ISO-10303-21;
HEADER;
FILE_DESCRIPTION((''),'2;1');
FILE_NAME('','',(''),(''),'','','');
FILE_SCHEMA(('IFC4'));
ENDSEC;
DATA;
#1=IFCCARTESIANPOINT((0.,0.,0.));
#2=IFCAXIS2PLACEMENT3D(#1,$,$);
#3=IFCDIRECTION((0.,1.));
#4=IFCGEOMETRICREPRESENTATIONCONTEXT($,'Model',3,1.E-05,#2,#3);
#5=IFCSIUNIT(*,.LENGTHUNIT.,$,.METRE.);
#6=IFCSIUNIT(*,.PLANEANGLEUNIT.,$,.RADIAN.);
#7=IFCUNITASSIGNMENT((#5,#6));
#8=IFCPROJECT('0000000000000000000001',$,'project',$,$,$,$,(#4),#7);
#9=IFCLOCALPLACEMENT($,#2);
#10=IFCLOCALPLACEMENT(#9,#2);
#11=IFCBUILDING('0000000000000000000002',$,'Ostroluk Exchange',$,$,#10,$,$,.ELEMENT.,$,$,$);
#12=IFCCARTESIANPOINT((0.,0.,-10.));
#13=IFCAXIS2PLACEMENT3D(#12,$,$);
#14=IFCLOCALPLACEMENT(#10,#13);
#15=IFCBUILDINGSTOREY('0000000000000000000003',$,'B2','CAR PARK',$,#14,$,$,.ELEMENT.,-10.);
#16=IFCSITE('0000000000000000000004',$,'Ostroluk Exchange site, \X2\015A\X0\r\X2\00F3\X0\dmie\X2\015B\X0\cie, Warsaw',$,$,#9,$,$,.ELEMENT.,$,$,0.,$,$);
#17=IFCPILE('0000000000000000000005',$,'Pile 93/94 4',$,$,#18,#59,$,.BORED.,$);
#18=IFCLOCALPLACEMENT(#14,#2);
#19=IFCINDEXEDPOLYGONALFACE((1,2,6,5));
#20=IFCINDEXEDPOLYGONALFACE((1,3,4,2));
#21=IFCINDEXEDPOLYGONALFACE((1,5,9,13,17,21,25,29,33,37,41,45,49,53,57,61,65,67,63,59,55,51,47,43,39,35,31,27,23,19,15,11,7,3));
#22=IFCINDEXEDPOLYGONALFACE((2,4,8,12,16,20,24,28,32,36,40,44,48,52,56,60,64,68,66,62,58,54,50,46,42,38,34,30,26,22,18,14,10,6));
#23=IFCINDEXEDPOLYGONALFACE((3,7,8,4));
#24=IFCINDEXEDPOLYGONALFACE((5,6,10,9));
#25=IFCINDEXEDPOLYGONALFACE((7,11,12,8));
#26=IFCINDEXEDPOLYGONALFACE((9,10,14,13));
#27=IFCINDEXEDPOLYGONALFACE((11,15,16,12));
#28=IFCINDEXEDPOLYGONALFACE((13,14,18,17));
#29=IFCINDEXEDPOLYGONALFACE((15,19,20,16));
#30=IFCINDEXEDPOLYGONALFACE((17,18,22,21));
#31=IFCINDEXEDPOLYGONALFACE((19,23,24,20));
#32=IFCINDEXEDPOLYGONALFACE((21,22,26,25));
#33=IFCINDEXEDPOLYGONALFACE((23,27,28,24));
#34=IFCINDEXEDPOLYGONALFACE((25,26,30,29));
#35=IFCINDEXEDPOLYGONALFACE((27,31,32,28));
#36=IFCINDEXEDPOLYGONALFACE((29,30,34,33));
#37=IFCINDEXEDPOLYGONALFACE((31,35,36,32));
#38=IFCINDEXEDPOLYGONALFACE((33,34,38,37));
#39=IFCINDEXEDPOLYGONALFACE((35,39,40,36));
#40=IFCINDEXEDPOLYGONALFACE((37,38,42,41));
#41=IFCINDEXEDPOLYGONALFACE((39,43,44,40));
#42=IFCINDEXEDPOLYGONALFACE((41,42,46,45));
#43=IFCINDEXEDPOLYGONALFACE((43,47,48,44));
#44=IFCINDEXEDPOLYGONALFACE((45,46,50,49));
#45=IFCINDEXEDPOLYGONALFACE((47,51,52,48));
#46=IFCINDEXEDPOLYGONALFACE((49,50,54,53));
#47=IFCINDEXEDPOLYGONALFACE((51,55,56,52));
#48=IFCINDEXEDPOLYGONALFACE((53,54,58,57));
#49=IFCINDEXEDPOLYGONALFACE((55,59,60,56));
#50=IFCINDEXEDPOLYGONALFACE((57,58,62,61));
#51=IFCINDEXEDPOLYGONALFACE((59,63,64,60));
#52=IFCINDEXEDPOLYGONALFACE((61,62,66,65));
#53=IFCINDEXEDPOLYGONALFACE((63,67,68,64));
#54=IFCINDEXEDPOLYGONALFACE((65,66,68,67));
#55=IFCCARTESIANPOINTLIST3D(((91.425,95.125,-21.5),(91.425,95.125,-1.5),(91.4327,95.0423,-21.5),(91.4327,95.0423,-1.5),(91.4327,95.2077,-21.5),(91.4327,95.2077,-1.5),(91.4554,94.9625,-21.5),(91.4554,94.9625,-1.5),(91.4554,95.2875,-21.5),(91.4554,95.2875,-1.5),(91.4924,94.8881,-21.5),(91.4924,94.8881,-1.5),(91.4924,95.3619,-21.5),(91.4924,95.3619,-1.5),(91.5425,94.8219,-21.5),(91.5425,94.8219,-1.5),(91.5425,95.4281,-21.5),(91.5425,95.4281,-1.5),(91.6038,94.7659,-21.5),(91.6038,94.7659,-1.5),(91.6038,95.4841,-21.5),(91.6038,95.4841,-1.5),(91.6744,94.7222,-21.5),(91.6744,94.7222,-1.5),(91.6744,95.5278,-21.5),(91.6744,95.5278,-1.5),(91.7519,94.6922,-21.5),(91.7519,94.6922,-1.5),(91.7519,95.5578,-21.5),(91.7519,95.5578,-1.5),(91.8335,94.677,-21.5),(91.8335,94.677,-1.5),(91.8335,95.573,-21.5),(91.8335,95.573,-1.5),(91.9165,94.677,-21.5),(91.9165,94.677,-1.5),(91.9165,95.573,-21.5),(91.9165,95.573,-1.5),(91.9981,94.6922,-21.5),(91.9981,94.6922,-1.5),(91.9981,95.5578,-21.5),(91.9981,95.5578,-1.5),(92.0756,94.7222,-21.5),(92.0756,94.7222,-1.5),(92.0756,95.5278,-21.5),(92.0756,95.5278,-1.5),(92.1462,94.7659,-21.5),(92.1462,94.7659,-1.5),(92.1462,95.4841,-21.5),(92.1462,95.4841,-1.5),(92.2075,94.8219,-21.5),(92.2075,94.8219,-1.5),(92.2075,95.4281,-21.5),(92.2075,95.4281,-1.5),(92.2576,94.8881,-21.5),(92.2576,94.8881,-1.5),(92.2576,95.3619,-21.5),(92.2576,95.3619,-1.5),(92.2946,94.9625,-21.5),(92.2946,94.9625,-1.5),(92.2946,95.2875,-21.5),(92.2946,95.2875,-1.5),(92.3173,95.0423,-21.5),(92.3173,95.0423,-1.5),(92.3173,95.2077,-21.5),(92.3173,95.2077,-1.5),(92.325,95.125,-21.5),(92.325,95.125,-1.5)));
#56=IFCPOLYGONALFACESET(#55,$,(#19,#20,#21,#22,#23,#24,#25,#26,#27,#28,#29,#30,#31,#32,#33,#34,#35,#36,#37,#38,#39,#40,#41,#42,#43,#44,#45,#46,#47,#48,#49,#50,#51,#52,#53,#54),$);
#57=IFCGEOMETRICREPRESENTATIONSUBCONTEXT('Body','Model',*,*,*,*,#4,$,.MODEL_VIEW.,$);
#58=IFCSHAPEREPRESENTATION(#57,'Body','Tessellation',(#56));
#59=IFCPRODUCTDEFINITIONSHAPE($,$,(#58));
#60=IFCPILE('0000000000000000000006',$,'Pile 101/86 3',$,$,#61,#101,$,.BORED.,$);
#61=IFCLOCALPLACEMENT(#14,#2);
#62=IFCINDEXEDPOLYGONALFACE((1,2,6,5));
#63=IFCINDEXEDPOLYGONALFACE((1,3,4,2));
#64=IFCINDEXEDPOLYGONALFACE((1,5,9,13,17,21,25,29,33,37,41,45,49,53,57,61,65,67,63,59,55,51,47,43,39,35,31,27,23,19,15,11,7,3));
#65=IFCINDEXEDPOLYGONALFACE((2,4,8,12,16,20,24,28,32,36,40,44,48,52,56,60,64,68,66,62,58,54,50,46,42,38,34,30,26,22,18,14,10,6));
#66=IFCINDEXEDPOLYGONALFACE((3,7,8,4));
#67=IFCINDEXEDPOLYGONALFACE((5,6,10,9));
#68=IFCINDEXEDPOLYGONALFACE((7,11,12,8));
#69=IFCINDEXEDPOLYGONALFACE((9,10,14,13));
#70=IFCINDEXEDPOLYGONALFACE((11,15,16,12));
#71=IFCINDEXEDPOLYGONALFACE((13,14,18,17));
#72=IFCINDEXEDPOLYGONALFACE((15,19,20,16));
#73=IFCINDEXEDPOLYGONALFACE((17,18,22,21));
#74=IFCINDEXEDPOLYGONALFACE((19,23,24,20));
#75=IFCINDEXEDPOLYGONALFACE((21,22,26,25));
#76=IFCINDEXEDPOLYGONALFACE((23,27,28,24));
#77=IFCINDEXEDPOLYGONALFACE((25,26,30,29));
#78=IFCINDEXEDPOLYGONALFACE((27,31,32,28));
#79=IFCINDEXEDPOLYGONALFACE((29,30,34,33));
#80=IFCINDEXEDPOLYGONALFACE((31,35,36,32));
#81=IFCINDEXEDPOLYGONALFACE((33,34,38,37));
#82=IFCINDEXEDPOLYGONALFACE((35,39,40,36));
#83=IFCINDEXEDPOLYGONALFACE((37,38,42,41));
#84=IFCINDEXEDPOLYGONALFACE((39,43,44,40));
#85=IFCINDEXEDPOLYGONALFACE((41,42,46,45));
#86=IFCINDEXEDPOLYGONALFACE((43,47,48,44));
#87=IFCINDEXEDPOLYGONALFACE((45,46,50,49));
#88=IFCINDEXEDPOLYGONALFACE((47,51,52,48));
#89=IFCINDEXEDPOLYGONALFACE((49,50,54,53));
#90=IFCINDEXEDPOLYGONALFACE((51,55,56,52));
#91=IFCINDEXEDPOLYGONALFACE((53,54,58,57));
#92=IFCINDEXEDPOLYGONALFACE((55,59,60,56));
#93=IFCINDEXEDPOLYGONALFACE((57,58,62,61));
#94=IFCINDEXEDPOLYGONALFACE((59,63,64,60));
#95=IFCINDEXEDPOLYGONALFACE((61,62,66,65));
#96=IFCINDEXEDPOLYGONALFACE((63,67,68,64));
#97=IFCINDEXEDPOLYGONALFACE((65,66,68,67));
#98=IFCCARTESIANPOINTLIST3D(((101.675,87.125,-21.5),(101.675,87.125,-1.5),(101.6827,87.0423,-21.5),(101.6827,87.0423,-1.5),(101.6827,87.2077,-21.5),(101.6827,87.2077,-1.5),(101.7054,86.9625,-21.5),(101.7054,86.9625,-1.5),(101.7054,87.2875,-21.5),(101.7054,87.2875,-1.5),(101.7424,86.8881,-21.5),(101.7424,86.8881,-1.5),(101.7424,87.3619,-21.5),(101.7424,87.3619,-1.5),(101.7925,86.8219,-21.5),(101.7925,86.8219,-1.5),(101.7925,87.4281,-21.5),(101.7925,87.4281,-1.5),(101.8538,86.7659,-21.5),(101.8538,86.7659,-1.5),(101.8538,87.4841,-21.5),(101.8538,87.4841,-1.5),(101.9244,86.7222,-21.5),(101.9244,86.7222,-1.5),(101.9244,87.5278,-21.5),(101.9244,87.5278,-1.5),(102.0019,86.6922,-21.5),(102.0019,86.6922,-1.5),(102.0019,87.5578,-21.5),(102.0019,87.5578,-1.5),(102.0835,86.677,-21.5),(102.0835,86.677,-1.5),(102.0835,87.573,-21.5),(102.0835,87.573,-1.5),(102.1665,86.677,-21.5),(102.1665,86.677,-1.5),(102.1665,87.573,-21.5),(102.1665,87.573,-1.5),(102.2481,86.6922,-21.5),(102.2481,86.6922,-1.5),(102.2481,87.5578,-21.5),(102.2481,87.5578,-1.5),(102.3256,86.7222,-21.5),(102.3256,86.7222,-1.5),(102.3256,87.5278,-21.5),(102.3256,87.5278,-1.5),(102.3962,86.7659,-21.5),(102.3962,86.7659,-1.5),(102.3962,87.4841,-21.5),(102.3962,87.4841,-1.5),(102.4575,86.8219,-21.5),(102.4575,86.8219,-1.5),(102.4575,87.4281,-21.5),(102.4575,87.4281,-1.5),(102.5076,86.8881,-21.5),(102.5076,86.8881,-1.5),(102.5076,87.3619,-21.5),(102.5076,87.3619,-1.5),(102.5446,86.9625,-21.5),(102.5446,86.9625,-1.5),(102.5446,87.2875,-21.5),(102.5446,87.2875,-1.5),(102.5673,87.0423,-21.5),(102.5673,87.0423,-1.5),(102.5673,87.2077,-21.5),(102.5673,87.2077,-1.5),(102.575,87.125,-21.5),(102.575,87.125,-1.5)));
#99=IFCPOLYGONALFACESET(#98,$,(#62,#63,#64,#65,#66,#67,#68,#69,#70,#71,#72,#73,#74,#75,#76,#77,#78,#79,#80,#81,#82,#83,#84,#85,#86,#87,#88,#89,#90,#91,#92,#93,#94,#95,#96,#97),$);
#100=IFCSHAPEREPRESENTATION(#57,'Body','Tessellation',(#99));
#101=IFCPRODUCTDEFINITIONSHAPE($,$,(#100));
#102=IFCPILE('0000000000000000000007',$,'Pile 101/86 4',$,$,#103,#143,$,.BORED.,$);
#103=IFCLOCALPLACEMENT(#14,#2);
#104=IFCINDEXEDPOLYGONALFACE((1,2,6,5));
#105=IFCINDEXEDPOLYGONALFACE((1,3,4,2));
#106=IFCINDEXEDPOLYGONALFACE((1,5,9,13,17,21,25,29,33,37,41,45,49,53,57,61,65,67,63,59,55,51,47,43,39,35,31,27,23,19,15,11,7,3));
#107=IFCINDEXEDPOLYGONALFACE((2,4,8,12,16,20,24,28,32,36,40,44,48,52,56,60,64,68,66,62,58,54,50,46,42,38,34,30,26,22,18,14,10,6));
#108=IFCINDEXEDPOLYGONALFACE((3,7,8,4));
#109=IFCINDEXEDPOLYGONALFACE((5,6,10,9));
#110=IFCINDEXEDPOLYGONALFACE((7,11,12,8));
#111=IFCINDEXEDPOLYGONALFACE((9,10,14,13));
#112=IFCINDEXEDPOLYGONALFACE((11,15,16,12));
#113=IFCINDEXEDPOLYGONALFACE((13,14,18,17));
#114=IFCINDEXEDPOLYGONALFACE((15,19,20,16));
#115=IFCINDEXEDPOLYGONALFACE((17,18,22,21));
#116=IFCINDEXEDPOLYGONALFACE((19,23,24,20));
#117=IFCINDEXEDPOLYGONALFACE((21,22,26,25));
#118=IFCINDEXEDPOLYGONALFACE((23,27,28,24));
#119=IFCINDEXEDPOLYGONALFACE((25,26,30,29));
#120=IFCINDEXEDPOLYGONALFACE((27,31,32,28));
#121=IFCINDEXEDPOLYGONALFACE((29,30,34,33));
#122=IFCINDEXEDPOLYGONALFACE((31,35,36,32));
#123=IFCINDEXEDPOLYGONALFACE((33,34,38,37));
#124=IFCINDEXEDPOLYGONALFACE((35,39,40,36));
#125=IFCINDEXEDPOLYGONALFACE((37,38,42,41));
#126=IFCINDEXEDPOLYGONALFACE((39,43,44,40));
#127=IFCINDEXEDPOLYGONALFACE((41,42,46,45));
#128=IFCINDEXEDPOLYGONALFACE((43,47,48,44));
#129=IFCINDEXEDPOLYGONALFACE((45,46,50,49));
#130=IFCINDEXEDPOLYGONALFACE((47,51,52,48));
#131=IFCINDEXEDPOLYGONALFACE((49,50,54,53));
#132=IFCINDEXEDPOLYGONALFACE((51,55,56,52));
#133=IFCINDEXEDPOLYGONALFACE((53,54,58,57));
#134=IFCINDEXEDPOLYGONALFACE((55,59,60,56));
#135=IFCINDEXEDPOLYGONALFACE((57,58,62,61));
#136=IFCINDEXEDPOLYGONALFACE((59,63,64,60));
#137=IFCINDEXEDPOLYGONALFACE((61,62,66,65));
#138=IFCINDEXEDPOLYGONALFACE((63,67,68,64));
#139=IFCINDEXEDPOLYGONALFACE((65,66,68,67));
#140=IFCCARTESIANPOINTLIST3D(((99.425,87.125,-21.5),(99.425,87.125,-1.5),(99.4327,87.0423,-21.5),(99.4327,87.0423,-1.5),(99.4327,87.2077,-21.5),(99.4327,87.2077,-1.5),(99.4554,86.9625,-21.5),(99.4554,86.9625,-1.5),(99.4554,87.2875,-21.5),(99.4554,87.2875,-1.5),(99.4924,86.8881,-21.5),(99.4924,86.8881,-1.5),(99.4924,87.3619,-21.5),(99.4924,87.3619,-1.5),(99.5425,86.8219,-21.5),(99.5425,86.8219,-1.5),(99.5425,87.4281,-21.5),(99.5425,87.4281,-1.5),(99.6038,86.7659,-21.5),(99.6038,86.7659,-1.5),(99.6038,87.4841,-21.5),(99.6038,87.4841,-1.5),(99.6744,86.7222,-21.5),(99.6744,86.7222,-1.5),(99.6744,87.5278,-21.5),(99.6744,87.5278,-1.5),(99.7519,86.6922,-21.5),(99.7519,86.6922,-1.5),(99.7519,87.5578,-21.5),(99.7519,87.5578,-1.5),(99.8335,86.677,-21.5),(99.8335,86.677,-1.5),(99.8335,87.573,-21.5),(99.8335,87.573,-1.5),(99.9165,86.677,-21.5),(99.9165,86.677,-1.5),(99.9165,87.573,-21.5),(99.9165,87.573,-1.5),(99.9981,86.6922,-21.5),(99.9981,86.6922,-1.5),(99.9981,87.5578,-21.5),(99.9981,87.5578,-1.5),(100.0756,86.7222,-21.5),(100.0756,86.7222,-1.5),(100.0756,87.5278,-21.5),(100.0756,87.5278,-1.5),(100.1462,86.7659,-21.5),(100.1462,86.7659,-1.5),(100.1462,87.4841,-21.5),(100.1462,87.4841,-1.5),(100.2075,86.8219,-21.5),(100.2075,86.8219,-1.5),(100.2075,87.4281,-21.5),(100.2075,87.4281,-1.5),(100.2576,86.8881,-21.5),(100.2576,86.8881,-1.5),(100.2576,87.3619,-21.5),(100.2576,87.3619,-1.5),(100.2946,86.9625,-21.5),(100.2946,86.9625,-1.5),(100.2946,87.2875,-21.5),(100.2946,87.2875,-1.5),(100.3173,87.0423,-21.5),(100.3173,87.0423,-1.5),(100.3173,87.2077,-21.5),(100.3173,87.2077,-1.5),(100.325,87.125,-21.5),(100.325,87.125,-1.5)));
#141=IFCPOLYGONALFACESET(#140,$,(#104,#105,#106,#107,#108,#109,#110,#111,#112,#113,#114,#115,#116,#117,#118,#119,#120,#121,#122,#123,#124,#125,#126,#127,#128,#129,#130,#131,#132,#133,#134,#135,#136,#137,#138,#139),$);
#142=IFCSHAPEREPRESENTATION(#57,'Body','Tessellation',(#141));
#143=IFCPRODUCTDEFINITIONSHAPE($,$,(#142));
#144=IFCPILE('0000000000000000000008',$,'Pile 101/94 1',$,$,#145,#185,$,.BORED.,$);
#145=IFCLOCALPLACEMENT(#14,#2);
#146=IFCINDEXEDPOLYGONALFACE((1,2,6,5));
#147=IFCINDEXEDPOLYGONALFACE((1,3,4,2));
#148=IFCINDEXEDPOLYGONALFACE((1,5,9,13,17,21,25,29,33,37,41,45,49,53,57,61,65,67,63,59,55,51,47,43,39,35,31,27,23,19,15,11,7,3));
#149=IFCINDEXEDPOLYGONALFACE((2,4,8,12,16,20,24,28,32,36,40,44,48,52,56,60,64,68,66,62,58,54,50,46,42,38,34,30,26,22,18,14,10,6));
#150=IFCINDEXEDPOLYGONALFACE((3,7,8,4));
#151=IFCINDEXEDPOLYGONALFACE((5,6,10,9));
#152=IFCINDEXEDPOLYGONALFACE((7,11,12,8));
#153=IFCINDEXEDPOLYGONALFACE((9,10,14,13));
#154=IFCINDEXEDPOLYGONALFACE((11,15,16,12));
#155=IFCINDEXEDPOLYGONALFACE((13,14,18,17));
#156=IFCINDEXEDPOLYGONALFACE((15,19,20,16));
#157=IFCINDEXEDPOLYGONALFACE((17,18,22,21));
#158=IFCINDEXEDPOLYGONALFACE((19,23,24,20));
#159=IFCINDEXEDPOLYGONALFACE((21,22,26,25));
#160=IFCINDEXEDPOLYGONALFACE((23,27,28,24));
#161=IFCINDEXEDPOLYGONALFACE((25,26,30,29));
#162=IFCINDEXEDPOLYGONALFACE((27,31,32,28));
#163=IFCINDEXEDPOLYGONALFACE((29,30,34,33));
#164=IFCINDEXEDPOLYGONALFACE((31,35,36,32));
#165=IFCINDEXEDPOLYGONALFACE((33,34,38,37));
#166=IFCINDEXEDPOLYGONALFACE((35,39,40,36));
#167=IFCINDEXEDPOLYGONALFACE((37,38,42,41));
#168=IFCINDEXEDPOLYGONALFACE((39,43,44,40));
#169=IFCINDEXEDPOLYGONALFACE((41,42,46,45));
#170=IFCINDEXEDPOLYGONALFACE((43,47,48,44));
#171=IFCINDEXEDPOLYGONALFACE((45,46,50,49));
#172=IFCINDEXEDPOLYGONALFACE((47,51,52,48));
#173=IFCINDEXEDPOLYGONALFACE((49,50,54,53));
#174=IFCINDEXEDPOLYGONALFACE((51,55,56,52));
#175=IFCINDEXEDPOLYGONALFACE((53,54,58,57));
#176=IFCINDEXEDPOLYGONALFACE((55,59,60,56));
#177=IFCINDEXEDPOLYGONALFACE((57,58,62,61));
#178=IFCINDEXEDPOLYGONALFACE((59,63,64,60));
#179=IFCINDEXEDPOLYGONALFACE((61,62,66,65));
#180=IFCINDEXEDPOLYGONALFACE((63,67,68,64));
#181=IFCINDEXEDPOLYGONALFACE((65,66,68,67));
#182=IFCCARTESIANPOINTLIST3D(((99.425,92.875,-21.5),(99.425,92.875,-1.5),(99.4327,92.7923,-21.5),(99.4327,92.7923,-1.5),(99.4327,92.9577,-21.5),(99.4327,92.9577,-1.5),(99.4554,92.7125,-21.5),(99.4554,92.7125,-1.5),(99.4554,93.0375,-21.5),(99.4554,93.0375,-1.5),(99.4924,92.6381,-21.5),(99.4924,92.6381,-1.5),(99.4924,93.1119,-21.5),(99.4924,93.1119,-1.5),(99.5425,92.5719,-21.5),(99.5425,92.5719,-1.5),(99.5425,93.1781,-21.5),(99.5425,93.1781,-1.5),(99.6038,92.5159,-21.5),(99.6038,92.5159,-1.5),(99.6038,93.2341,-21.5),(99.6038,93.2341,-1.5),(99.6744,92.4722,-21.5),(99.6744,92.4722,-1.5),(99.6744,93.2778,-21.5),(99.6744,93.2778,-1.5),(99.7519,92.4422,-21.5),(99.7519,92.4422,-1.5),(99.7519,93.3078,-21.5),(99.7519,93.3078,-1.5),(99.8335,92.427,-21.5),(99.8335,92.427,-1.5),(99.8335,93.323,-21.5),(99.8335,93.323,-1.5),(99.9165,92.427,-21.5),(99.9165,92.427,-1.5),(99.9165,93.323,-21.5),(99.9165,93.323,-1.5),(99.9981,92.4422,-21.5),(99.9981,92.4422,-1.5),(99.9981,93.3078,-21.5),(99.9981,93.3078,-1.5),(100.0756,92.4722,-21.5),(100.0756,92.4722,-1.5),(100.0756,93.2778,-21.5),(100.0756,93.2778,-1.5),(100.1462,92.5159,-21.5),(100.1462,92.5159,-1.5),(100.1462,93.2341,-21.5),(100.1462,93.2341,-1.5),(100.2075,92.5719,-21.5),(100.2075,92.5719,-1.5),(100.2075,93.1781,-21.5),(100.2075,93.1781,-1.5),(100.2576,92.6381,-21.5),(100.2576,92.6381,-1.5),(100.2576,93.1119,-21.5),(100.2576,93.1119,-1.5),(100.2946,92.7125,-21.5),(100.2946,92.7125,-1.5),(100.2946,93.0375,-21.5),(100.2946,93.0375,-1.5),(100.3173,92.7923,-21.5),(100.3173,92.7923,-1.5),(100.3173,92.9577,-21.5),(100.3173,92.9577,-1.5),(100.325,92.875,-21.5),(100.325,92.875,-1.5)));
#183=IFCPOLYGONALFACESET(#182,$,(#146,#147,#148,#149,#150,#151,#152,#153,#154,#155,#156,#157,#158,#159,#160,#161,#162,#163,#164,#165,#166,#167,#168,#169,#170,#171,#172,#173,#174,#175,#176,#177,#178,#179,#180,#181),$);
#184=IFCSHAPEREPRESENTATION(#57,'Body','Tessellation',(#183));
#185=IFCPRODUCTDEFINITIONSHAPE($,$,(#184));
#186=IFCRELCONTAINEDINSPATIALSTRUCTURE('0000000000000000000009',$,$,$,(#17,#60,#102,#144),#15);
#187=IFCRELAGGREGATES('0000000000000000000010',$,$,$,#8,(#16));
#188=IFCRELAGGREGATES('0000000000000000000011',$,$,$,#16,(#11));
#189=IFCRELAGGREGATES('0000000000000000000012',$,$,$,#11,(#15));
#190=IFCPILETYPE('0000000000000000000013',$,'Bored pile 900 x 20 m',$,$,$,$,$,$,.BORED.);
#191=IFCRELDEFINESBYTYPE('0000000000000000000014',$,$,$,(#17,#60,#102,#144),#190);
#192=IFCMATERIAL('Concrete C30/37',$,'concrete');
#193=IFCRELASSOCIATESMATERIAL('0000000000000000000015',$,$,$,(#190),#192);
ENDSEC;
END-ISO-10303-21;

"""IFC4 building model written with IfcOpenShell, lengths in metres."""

from ifc_helpers import new_model, si_unit, direction, frame, origin, origin_2d, place, context, subcontext, project, spatial, circle, extrude, material, type_object, element, save


model = new_model("IFC4")

# Units and contexts
model_context = context("Model", 3, precision=1e-05, world=origin(), true_north=direction((0.0, 1.0)))
body_context = subcontext(model_context, "Body", "Model", "MODEL_VIEW")
ifc_project = project(units=[si_unit("LENGTHUNIT", "METRE"), si_unit("PLANEANGLEUNIT", "RADIAN")], contexts=[model_context])

# Site, building, storey
site_placement = place(None, origin())
site = spatial("IfcSite", under=ifc_project, at=site_placement, Name="Ostroluk Exchange site, Śródmieście, Warsaw", CompositionType="ELEMENT", RefElevation=0.0)
building_placement = place(site_placement, origin())
building = spatial("IfcBuilding", under=site, at=building_placement, Name="Ostroluk Exchange", CompositionType="ELEMENT")
storey_placement = place(building_placement, frame((0.0, 0.0, -10.0)))
storey = spatial("IfcBuildingStorey", under=building, at=storey_placement, Name="B2", Description="CAR PARK", CompositionType="ELEMENT", Elevation=-10.0)

# Piles
ifc_material_1 = material(Name="Concrete C30/37", Category="concrete")
pile_type = type_object("IfcPileType", Name="Bored pile 900 x 20 m", PredefinedType="BORED", material=ifc_material_1)
for number, where, z_axis, x_axis, name in (
    (1, (91.875, 95.125, -1.5), (0.0, 0.0, -1.0), (1.0, 0.0, 0.0), "Pile 93/94 4"),
    (2, (102.125, 87.125, -1.5), (0.0, 0.0, -1.0), (1.0, 0.0, 0.0), "Pile 101/86 3"),
    (3, (99.875, 87.125, -1.5), (0.0, 0.0, -1.0), (1.0, 0.0, 0.0), "Pile 101/86 4"),
    (4, (99.875, 92.875, -1.5), (0.0, 0.0, -1.0), (1.0, 0.0, 0.0), "Pile 101/94 1"),
):
    element("IfcPile", number, at=place(storey_placement, frame(where, z_axis=z_axis, x_axis=x_axis)), inside=storey, type_object=pile_type, Name=name, PredefinedType="BORED", context=body_context, shape_type="SweptSolid", body=[
        extrude(circle(Radius=0.45, at=origin_2d()), origin(), (0.0, 0.0, 1.0), 20.0),
    ])

save(model, "model.ifc")
